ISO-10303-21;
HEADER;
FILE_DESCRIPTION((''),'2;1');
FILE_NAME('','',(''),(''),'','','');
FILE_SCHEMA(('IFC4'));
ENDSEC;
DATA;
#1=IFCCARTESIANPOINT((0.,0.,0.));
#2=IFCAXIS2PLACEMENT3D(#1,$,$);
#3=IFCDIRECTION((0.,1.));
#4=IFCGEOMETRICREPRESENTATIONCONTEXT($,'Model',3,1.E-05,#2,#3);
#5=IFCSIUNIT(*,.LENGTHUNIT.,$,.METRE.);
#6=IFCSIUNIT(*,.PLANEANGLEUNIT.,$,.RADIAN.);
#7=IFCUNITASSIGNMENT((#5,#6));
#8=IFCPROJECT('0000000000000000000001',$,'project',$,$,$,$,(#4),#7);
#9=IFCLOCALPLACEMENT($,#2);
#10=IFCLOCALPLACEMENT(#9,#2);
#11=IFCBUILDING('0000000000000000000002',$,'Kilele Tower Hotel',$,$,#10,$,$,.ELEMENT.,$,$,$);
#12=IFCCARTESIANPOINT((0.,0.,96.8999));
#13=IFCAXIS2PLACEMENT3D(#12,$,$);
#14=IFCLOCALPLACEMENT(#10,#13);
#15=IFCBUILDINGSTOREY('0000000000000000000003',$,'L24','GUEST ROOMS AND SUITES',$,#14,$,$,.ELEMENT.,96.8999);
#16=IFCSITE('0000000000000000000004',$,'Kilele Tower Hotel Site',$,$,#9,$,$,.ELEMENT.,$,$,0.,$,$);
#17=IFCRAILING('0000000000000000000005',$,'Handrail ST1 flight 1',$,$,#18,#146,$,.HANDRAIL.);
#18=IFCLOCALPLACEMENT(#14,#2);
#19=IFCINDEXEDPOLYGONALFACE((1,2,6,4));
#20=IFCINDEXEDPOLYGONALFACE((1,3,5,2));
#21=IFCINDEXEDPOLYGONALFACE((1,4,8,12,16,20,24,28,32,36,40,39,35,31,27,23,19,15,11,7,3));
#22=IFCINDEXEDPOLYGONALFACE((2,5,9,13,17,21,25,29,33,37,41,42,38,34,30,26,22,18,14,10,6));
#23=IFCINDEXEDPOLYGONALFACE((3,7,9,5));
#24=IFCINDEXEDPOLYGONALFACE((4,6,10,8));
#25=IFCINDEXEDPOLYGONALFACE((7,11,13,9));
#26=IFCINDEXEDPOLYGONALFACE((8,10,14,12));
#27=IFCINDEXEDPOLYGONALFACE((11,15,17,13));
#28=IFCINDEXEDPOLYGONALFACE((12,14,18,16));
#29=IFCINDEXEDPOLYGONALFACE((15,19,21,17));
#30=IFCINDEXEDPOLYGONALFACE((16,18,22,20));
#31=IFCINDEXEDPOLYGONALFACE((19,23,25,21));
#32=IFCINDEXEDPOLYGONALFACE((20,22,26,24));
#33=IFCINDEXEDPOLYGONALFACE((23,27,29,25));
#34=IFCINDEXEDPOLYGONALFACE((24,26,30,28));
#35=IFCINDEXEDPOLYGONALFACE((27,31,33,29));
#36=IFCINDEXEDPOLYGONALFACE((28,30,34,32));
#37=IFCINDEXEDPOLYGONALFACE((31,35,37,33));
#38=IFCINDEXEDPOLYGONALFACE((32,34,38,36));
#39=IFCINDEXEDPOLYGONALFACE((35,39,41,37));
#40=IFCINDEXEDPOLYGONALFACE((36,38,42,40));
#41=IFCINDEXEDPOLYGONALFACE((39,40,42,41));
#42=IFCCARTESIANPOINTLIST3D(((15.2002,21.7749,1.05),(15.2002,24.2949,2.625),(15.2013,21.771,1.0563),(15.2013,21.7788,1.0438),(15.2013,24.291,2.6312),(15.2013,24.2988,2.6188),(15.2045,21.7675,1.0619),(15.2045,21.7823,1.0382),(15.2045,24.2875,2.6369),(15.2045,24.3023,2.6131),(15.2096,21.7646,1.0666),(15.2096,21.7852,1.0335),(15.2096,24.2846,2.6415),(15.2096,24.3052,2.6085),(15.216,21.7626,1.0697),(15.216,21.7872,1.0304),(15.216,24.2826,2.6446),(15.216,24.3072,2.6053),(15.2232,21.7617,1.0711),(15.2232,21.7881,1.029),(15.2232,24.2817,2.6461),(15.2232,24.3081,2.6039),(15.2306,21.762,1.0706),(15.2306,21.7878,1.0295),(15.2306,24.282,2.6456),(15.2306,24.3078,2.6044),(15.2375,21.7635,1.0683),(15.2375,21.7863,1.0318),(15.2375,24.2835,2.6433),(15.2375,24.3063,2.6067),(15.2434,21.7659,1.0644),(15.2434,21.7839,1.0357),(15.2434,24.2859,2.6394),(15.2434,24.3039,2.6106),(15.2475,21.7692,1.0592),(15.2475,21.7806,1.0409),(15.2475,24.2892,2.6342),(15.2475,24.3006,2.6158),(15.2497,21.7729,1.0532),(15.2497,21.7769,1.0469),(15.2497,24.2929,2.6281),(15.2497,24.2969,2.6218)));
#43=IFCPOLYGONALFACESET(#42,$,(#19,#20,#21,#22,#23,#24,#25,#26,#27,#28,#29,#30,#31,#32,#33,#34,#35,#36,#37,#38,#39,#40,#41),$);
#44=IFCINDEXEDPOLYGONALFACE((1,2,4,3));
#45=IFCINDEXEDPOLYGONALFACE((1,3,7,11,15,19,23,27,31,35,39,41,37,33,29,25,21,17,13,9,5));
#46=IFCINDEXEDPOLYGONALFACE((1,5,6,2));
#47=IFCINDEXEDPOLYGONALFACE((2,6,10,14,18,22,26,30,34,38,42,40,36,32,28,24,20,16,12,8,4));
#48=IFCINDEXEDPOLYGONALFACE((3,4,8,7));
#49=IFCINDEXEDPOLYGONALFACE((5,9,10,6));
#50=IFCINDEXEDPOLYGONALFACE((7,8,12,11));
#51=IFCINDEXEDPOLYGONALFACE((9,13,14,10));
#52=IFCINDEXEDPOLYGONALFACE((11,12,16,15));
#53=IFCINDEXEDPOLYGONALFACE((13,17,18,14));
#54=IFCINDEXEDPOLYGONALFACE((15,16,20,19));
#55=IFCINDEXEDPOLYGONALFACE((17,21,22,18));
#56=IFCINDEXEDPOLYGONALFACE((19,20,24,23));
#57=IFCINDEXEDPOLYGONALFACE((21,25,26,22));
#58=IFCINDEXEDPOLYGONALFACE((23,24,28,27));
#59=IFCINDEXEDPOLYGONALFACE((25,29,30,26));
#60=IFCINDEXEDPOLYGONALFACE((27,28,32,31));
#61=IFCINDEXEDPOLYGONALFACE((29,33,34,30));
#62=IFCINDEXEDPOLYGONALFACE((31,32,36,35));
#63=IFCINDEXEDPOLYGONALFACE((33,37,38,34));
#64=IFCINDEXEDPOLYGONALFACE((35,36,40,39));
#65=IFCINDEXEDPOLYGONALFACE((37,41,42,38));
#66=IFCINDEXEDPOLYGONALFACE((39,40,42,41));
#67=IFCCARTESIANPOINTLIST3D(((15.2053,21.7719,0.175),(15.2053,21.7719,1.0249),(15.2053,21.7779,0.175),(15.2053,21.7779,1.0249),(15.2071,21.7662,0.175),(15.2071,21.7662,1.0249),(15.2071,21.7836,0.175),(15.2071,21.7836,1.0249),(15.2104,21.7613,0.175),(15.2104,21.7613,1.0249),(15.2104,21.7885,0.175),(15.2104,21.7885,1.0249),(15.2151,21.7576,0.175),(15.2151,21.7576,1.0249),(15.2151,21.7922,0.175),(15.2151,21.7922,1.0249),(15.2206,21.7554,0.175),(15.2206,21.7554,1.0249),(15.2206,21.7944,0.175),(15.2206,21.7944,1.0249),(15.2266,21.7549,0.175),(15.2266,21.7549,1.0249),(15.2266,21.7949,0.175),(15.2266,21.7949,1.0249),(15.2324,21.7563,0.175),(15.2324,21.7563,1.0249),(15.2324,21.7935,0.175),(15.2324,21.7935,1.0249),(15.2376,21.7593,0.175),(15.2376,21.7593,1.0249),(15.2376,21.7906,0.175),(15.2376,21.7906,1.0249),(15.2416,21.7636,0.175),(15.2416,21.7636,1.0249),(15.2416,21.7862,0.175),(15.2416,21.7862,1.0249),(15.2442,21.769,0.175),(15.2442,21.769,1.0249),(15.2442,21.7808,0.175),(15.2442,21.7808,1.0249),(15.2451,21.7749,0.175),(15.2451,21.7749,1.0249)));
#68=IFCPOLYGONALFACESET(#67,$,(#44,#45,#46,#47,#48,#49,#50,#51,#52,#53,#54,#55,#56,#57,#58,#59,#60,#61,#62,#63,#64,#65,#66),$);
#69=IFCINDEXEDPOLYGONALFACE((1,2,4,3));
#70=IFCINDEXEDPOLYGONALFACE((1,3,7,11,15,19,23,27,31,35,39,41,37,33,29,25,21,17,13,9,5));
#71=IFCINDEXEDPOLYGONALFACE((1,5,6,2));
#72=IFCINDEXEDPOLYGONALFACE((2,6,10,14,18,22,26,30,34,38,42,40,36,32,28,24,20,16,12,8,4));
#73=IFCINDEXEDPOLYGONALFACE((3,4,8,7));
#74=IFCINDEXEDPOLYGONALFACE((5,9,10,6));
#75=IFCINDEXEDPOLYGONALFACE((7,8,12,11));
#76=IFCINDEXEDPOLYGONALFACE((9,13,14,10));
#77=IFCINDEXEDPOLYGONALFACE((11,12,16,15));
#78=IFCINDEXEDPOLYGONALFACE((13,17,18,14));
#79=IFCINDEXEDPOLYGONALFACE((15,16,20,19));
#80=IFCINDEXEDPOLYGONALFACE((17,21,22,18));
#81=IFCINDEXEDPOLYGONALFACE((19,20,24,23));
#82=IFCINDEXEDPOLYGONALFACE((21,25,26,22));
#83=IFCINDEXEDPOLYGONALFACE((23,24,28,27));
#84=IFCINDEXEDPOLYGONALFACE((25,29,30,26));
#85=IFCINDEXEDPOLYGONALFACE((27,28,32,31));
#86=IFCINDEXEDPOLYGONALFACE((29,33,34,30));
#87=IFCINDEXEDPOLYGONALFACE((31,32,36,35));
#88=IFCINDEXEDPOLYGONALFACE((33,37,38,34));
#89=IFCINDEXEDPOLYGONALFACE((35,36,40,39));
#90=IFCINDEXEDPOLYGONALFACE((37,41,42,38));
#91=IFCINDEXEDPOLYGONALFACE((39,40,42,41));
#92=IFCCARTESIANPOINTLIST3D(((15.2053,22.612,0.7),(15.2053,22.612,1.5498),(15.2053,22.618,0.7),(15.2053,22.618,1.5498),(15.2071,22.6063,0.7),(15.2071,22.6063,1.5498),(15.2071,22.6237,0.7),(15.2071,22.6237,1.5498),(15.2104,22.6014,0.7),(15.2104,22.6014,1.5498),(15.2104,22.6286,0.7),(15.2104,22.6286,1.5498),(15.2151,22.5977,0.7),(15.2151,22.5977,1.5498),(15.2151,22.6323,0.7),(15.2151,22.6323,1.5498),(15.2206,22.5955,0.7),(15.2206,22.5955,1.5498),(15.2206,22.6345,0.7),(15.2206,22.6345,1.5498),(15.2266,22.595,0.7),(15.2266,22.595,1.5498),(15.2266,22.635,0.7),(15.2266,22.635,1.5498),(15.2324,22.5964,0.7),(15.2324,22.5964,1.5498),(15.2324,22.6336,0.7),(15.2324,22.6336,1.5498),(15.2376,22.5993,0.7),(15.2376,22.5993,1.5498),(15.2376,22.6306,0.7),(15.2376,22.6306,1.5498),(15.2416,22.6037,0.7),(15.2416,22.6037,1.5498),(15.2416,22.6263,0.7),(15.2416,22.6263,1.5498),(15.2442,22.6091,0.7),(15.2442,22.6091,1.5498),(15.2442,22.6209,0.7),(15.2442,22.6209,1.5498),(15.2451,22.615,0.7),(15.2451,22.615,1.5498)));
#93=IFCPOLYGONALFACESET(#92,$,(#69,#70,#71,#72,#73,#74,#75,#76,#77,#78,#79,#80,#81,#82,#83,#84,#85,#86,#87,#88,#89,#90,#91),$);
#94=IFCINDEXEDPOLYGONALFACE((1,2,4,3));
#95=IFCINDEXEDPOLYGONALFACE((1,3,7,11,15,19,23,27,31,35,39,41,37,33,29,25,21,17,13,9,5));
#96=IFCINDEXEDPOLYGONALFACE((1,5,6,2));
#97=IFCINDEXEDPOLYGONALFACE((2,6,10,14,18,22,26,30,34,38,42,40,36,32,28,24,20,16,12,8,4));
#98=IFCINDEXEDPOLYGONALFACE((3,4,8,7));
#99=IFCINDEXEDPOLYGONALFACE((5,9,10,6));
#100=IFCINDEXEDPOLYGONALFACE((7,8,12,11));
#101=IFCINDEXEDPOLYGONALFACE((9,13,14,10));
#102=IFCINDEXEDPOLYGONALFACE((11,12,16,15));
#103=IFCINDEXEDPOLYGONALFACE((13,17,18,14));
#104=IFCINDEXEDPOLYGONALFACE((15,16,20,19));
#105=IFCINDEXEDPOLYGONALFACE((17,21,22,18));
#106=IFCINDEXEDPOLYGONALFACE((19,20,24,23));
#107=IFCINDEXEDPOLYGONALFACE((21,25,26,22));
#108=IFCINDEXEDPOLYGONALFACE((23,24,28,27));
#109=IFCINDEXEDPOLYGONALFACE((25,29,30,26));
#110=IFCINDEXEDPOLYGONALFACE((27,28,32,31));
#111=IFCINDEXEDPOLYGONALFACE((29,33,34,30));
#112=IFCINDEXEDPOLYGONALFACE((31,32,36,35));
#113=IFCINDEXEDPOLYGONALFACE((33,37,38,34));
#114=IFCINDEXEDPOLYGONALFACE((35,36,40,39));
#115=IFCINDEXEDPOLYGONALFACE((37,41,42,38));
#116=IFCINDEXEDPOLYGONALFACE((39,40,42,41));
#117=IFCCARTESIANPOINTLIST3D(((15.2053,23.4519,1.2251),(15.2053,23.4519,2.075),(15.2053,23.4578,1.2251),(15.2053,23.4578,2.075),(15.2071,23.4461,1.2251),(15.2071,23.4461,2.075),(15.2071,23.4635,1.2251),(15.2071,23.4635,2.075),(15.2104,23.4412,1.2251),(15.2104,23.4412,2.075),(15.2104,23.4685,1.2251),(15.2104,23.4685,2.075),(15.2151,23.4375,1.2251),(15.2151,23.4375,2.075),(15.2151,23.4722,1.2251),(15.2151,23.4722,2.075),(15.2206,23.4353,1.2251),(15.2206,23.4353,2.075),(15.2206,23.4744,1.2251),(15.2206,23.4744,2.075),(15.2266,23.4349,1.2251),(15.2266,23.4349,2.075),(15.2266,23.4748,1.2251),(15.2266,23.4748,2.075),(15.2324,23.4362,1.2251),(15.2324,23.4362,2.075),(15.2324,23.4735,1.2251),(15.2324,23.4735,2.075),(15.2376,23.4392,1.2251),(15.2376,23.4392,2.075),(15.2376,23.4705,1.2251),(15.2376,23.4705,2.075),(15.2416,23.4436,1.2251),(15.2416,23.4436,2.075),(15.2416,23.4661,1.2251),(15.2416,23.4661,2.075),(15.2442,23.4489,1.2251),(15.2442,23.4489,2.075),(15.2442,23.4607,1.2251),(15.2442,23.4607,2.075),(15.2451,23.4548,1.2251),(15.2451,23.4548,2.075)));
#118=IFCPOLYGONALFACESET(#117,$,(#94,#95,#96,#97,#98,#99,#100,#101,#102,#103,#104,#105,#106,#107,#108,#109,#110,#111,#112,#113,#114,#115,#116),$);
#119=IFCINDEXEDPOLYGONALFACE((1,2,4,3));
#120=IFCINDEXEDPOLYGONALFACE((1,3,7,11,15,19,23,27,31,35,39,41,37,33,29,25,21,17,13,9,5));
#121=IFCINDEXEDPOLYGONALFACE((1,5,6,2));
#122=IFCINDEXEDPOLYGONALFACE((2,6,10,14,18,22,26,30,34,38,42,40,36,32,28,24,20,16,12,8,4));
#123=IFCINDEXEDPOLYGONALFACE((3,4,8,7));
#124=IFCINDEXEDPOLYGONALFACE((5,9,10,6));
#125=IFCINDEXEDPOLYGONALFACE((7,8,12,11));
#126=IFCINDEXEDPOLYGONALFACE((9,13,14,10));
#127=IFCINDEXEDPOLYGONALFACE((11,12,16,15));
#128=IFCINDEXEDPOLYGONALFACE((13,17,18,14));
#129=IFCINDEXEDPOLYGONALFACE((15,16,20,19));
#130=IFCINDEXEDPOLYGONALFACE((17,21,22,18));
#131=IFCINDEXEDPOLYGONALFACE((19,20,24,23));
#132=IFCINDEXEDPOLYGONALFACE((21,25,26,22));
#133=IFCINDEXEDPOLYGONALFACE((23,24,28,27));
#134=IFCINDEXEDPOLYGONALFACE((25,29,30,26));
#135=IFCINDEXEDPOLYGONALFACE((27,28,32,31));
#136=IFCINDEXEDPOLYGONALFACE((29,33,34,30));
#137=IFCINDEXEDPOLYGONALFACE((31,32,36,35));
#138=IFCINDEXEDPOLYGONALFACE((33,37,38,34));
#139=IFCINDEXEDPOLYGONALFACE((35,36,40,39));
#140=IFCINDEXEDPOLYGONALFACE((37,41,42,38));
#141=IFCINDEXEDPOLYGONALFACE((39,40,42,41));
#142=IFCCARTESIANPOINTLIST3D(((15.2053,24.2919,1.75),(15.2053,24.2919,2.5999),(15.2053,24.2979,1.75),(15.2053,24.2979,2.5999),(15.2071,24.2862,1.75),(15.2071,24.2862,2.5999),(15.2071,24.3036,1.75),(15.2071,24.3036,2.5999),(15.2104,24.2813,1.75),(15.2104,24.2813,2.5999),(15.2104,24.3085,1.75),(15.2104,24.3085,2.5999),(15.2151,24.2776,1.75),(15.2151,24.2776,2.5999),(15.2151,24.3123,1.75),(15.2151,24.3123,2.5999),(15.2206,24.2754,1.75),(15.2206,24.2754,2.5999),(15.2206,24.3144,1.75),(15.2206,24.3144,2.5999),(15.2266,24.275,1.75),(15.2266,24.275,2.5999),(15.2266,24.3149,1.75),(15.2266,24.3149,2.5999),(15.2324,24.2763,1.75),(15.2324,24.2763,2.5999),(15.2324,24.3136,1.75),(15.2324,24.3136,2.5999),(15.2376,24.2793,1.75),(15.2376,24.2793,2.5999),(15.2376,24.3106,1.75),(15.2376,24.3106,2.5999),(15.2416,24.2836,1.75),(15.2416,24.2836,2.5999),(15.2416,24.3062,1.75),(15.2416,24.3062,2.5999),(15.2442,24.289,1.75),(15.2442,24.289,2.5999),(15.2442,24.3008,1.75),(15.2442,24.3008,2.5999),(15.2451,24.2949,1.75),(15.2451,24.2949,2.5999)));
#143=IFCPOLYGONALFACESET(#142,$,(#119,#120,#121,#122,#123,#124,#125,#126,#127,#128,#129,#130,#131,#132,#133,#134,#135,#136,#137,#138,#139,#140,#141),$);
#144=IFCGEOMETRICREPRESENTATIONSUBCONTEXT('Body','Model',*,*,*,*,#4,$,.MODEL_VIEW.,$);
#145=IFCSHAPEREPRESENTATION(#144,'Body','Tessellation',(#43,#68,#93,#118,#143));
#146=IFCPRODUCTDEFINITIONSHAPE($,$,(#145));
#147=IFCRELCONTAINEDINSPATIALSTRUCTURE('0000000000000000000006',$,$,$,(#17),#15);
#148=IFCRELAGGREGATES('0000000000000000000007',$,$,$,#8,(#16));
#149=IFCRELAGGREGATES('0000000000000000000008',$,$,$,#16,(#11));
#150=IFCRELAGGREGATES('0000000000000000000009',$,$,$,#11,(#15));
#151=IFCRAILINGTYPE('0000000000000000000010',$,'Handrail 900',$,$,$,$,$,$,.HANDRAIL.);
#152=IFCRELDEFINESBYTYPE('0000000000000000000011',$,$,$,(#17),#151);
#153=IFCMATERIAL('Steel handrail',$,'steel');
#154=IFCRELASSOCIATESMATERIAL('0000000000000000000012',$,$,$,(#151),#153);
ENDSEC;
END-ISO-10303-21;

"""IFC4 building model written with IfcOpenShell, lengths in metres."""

from ifc_helpers import new_model, si_unit, direction, frame, origin, origin_2d, place, context, subcontext, project, spatial, circle, extrude, material, type_object, element, save


model = new_model("IFC4")

# Units and contexts
model_context = context("Model", 3, precision=1e-05, world=origin(), true_north=direction((0.0, 1.0)))
body_context = subcontext(model_context, "Body", "Model", "MODEL_VIEW")
ifc_project = project(units=[si_unit("LENGTHUNIT", "METRE"), si_unit("PLANEANGLEUNIT", "RADIAN")], contexts=[model_context])

# Site, building, storey
site_placement = place(None, origin())
site = spatial("IfcSite", under=ifc_project, at=site_placement, Name="Kilele Tower Hotel Site", CompositionType="ELEMENT", RefElevation=0.0)
building_placement = place(site_placement, origin())
building = spatial("IfcBuilding", under=site, at=building_placement, Name="Kilele Tower Hotel", CompositionType="ELEMENT")
storey_placement = place(building_placement, frame((0.0, 0.0, 96.8999)))
storey = spatial("IfcBuildingStorey", under=building, at=storey_placement, Name="L24", Description="GUEST ROOMS AND SUITES", CompositionType="ELEMENT", Elevation=96.8999)

# Railing
ifc_material_1 = material(Name="Steel handrail", Category="steel")
railing_type_1 = type_object("IfcRailingType", Name="Handrail 900", PredefinedType="HANDRAIL", material=ifc_material_1)
for number, where, name in (
    (1, (15.2251, 21.7749, 0.175), "Handrail ST1 flight 1"),
):
    element("IfcRailing", number, at=place(storey_placement, frame(where)), inside=storey, type_object=railing_type_1, Name=name, PredefinedType="HANDRAIL", context=body_context, shape_type="SweptSolid", body=[
        extrude(circle(Radius=0.0249, at=origin_2d()), frame((0.0, 0.0, 0.875), z_axis=(0.0, 0.848008, 0.529984), x_axis=(-1.0, 0.0, 0.0)), (0.0, 0.0, 1.0), 2.9717),
        extrude(circle(Radius=0.02, at=origin_2d()), origin(), (0.0, 0.0, 1.0), 0.8499),
        extrude(circle(Radius=0.02, at=origin_2d()), frame((0.0, 0.8401, 0.5249)), (0.0, 0.0, 1.0), 0.8499),
        extrude(circle(Radius=0.02, at=origin_2d()), frame((0.0, 1.6799, 1.05)), (0.0, 0.0, 1.0), 0.8499),
        extrude(circle(Radius=0.02, at=origin_2d()), frame((0.0, 2.52, 1.575)), (0.0, 0.0, 1.0), 0.8499),
    ])

save(model, "model.ifc")
